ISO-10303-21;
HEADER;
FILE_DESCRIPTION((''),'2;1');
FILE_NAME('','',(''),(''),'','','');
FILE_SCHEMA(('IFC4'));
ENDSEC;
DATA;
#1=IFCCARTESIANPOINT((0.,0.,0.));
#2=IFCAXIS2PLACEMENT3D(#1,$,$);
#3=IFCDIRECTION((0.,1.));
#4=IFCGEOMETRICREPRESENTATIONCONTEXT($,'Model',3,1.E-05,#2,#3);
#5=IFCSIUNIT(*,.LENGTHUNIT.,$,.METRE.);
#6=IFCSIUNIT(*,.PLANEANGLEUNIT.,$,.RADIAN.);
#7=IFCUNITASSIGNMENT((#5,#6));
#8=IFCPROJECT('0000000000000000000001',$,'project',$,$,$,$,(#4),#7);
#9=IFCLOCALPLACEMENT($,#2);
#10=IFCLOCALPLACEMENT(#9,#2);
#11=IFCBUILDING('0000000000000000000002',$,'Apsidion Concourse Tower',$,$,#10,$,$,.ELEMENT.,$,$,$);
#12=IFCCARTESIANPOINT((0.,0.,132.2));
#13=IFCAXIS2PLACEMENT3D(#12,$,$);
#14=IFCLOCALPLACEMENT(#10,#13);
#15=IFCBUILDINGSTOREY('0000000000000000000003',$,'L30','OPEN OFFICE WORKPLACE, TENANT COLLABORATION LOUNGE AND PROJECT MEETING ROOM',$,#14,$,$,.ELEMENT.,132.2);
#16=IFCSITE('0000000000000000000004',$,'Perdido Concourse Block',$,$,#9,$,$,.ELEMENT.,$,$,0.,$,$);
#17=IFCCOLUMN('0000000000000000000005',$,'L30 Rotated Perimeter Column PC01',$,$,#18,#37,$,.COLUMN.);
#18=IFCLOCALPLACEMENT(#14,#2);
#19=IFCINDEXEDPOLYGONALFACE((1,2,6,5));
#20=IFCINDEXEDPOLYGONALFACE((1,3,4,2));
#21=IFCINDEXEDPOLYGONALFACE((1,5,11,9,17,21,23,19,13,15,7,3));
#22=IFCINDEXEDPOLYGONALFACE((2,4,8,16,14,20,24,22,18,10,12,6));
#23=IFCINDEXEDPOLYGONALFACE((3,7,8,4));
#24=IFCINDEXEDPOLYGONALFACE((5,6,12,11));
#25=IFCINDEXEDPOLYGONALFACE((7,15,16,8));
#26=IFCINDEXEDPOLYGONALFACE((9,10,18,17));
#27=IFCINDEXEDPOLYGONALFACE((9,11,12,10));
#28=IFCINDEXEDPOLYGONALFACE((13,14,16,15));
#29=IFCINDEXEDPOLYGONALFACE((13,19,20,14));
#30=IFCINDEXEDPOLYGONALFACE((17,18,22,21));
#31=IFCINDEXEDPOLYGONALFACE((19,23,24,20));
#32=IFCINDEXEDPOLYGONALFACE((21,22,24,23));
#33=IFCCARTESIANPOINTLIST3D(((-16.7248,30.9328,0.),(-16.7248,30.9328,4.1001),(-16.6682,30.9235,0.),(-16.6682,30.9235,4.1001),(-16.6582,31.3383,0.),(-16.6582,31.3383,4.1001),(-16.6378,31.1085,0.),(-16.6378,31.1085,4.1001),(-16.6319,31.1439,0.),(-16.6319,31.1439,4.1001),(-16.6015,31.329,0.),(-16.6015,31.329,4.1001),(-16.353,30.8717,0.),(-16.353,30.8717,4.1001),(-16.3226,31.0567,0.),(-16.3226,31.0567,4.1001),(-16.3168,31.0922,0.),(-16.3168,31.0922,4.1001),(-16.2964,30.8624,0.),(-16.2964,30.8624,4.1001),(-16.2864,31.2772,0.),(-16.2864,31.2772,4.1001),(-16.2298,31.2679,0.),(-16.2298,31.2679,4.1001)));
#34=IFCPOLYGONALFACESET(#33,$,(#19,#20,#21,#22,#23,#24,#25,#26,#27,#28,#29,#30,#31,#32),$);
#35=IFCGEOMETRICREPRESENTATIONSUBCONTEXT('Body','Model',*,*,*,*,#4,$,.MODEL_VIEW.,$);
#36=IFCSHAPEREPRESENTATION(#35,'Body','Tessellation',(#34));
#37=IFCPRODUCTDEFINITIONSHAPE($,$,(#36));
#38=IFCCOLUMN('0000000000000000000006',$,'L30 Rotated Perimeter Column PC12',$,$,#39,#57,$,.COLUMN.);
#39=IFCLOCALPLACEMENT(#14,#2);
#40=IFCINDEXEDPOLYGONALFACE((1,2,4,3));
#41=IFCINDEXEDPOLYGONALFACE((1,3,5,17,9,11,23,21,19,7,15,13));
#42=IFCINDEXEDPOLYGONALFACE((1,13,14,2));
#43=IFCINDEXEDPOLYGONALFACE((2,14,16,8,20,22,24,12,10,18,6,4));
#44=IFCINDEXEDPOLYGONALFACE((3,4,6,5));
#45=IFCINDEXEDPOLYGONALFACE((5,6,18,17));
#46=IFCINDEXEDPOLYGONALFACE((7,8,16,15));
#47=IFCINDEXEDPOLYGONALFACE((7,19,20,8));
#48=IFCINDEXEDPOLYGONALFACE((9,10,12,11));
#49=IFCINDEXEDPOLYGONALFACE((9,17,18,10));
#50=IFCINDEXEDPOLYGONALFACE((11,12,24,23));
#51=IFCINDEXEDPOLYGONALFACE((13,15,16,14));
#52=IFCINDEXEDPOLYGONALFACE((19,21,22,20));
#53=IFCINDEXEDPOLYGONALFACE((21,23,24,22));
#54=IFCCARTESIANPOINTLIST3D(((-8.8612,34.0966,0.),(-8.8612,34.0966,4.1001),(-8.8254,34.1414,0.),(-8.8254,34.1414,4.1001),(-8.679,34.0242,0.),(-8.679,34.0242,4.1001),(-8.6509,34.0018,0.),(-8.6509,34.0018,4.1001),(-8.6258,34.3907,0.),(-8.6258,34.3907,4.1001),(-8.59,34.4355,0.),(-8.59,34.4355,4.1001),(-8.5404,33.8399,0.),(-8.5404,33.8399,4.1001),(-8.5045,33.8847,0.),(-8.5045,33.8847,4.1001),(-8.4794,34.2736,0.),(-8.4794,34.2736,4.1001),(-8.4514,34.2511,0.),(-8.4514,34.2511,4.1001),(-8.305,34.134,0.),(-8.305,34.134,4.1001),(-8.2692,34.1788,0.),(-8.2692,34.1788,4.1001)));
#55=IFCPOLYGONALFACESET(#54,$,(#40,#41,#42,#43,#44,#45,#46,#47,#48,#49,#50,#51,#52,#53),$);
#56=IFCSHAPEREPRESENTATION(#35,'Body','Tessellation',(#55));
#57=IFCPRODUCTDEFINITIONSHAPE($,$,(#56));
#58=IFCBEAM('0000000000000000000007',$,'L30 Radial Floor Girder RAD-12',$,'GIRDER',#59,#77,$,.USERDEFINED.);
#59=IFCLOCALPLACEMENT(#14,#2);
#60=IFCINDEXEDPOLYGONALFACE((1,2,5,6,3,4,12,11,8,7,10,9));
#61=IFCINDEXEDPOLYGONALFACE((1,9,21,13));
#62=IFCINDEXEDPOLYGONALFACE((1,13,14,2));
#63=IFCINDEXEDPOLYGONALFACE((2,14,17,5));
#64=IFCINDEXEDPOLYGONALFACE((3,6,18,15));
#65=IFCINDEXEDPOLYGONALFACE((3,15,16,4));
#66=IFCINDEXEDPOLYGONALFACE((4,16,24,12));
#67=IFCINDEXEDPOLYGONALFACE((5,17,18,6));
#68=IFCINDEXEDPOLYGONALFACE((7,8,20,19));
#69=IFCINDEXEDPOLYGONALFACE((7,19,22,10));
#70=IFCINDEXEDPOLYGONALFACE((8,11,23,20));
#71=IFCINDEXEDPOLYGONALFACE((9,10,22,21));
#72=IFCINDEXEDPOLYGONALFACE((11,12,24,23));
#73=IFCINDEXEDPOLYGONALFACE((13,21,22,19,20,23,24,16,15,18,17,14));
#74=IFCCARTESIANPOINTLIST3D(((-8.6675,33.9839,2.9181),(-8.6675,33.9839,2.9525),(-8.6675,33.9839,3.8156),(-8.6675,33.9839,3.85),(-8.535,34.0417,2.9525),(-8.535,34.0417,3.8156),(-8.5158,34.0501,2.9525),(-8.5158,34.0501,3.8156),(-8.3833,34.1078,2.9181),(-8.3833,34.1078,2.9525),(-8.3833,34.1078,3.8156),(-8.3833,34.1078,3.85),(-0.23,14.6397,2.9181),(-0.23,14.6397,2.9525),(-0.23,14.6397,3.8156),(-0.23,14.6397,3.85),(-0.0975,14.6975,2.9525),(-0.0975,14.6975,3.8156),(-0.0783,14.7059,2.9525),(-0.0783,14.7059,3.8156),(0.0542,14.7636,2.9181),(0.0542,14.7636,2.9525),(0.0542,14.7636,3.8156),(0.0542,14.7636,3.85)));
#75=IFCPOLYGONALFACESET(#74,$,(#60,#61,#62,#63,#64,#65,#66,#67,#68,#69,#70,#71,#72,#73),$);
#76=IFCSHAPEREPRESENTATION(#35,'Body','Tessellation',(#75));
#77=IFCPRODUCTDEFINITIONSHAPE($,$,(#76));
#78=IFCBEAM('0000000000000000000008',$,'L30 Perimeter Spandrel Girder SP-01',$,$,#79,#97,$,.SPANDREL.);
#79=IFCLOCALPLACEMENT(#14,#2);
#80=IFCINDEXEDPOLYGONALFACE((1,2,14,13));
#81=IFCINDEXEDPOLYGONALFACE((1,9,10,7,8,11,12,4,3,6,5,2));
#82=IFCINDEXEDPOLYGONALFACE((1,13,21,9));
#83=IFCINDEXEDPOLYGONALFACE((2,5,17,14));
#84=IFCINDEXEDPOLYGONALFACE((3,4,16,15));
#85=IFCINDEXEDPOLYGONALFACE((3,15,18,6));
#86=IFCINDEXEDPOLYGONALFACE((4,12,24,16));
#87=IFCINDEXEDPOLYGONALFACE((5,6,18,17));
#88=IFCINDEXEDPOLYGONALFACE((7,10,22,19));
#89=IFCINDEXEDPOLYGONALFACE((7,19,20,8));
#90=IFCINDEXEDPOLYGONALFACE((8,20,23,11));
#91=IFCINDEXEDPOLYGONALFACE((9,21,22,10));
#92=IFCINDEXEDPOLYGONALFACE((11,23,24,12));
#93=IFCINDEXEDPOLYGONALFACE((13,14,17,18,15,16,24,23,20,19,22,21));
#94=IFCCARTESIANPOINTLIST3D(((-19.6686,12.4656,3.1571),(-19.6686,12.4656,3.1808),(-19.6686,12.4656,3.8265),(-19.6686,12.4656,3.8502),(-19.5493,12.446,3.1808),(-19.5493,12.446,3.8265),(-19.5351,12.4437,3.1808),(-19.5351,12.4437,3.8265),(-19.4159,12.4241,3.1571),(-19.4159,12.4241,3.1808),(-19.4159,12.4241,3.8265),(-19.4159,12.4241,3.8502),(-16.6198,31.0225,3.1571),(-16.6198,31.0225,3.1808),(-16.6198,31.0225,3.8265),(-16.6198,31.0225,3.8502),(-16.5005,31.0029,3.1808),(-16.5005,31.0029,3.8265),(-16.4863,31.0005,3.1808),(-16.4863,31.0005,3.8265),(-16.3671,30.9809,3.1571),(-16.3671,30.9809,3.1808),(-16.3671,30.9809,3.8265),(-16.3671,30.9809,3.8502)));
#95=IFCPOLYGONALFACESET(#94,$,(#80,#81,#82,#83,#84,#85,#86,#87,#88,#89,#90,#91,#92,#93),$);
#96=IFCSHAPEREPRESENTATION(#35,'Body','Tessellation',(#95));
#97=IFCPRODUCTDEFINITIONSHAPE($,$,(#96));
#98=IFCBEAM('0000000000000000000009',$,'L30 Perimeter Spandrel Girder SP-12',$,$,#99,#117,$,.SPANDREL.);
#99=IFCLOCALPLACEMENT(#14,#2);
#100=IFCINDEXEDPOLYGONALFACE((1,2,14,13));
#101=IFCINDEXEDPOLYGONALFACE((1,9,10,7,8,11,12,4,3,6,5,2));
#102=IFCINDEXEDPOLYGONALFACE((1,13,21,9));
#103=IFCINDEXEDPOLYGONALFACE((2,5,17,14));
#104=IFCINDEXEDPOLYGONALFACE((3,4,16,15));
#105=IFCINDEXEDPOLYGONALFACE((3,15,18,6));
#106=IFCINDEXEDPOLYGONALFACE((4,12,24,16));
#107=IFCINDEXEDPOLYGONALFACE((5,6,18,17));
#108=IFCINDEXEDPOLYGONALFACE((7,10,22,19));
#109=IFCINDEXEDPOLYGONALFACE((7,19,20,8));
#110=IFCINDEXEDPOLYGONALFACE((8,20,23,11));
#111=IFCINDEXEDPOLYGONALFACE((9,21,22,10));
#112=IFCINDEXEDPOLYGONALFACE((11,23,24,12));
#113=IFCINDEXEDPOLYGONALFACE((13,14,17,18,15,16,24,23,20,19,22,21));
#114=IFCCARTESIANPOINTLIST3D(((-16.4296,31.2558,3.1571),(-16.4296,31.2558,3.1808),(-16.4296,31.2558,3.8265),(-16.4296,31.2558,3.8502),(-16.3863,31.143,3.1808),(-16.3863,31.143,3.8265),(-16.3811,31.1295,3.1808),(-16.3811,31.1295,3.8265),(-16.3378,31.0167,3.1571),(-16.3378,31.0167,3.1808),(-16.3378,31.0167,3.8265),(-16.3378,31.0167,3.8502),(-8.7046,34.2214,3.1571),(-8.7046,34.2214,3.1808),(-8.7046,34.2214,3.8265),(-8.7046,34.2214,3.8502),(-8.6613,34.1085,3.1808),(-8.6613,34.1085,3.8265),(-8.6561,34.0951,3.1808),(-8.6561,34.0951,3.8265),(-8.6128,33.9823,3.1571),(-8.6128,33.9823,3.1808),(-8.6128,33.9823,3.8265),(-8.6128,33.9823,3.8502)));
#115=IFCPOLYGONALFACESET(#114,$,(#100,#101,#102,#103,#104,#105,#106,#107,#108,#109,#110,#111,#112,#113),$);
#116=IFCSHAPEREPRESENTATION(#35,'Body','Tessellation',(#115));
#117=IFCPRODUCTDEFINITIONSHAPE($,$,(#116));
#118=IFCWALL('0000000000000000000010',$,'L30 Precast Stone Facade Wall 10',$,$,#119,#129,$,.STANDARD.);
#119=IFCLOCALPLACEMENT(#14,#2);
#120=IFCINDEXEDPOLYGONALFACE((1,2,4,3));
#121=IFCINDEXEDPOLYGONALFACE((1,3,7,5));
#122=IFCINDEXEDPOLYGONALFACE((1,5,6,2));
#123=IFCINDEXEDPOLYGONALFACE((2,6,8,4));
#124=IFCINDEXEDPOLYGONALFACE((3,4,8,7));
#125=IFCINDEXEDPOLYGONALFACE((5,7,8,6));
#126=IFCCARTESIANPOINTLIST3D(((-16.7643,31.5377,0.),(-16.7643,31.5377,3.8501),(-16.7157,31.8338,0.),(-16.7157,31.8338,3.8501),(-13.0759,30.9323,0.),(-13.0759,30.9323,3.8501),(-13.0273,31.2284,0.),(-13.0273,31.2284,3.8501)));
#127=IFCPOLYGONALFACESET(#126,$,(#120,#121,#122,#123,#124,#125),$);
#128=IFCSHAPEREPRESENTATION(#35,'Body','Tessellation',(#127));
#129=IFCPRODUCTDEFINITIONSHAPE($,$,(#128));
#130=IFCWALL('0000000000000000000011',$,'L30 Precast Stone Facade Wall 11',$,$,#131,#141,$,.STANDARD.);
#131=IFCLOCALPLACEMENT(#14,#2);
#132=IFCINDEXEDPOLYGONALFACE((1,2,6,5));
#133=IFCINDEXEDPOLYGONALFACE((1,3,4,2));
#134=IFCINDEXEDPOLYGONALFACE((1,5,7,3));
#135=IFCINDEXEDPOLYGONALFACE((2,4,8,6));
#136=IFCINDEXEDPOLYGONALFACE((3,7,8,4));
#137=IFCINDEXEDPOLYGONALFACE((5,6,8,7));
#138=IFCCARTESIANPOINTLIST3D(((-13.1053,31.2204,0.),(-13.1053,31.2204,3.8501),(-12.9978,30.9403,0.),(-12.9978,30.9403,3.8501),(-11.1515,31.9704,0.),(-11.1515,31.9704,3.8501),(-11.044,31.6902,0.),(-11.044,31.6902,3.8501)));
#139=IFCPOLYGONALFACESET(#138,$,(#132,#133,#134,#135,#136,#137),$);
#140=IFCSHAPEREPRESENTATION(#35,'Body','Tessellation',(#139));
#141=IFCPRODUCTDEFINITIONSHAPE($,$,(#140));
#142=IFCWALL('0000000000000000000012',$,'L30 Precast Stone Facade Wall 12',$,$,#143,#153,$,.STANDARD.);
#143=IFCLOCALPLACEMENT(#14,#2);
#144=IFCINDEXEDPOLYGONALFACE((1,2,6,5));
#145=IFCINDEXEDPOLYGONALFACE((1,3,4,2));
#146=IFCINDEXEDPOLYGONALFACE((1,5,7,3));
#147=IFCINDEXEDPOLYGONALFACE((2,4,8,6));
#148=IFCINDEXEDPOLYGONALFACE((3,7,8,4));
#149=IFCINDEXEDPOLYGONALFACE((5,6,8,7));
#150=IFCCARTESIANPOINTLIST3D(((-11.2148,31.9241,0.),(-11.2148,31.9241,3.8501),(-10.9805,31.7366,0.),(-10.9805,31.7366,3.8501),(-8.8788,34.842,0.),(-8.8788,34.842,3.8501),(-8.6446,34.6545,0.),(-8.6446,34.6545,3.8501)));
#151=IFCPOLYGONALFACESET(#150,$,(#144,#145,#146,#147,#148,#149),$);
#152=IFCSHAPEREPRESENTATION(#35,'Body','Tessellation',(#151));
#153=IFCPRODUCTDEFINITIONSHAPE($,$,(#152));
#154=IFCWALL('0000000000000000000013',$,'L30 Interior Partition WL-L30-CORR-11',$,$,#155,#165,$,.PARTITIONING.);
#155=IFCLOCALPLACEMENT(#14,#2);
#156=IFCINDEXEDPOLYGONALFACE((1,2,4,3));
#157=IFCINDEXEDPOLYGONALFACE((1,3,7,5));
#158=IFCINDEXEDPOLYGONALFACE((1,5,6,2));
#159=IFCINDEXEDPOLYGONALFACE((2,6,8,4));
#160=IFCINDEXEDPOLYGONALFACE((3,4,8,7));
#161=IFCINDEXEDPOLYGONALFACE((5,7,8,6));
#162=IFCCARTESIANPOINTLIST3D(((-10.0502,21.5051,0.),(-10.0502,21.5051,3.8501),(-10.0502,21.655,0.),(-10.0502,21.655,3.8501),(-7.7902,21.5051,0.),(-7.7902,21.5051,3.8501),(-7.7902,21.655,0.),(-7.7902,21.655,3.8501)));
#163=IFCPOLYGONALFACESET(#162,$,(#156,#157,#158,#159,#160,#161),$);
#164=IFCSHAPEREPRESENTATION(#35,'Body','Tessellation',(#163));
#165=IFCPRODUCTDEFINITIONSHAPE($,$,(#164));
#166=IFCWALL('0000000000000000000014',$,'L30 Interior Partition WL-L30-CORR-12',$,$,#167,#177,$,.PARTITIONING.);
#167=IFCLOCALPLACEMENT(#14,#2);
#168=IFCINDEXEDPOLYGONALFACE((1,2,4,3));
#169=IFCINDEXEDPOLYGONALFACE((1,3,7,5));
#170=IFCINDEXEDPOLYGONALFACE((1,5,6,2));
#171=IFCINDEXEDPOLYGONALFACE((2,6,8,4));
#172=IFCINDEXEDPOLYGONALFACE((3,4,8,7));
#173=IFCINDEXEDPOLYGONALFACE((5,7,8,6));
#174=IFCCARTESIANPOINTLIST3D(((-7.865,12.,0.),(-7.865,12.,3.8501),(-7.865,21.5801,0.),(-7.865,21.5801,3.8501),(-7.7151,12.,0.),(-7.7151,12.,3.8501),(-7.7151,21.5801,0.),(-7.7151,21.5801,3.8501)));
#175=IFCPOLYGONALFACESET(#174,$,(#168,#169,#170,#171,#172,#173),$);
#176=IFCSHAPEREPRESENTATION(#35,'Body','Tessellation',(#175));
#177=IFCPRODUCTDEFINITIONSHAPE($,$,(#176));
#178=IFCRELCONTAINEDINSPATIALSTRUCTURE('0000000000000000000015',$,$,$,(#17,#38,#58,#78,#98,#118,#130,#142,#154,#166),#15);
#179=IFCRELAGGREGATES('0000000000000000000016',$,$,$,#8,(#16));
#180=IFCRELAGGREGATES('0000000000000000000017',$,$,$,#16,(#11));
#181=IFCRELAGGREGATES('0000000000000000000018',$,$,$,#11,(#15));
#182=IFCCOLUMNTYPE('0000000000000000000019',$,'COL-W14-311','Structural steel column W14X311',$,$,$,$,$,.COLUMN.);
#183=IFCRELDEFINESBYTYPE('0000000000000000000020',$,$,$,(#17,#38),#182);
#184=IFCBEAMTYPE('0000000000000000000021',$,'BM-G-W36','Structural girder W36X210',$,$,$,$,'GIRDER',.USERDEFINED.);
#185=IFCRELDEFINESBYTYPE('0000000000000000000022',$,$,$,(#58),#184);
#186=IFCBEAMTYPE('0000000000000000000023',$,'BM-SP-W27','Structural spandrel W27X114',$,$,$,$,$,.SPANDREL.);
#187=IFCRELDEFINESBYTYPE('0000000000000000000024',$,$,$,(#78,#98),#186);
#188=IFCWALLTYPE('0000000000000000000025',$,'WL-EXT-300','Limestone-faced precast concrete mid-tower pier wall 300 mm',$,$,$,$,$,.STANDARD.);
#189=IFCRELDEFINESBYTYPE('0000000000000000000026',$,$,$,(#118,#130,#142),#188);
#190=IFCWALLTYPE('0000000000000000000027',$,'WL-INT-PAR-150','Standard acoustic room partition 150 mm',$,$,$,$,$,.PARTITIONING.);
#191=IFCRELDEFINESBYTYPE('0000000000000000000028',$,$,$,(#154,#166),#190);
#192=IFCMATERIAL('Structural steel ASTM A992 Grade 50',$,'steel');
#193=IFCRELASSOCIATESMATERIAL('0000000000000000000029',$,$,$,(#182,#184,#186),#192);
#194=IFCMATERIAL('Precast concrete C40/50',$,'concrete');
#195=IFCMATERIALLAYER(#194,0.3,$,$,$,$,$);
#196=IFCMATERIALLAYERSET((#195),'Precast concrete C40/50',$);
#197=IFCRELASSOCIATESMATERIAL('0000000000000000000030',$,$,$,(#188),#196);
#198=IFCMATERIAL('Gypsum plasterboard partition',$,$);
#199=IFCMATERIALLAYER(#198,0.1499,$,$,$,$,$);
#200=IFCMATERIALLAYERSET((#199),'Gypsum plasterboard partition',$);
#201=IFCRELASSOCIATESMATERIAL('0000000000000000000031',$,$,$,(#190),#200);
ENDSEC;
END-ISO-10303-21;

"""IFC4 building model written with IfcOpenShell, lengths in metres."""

from ifc_helpers import new_model, si_unit, direction, frame, frame_2d, origin, origin_2d, place, context, subcontext, project, spatial, rectangle, i_section, extrude, material, layer, layer_set, material_profile, profile_set, type_object, element, save


model = new_model("IFC4")

# Units and contexts
model_context = context("Model", 3, precision=1e-05, world=origin(), true_north=direction((0.0, 1.0)))
body_context = subcontext(model_context, "Body", "Model", "MODEL_VIEW")
ifc_project = project(units=[si_unit("LENGTHUNIT", "METRE"), si_unit("PLANEANGLEUNIT", "RADIAN")], contexts=[model_context])

# Site, building, storey
site_placement = place(None, origin())
site = spatial("IfcSite", under=ifc_project, at=site_placement, Name="Perdido Concourse Block", CompositionType="ELEMENT", RefElevation=0.0)
building_placement = place(site_placement, origin())
building = spatial("IfcBuilding", under=site, at=building_placement, Name="Apsidion Concourse Tower", CompositionType="ELEMENT")
storey_placement = place(building_placement, frame((0.0, 0.0, 132.2)))
storey = spatial("IfcBuildingStorey", under=building, at=storey_placement, Name="L30", Description="OPEN OFFICE WORKPLACE, TENANT COLLABORATION LOUNGE AND PROJECT MEETING ROOM", CompositionType="ELEMENT", Elevation=132.2)

# Columns
ifc_material_1 = material(Name="Structural steel ASTM A992 Grade 50", Category="steel")
ifc_material_profile_1 = material_profile(ifc_material_1, i_section(OverallWidth=0.4109, OverallDepth=0.4341, WebThickness=0.0359, FlangeThickness=0.0574, at=origin_2d()), Name="W14X311")
ifc_profile_set_1 = profile_set([ifc_material_profile_1], Name="Structural steel ASTM A992 Grade 50")
column_type = type_object("IfcColumnType", Name="COL-W14-311", Description="Structural steel column W14X311", PredefinedType="COLUMN", material=ifc_profile_set_1)
for number, where, z_axis, x_axis, name in (
    (1, (-16.4773, 31.1003, 0.0), (0.0, 0.0, 1.0), (0.162121, 0.986771, 0.0), "L30 Rotated Perimeter Column PC01"),
    (2, (-8.5652, 34.1377, 0.0), (0.0, 0.0, 1.0), (-0.780758, 0.624834, 0.0), "L30 Rotated Perimeter Column PC12"),
):
    element("IfcColumn", number, at=place(storey_placement, frame(where, z_axis=z_axis, x_axis=x_axis)), inside=storey, type_object=column_type, Name=name, PredefinedType="COLUMN", context=body_context, shape_type="SweptSolid", body=[
        extrude(i_section(OverallWidth=0.4109, OverallDepth=0.4341, WebThickness=0.0359, FlangeThickness=0.0574, at=origin_2d()), origin(), (0.0, 0.0, 1.0), 4.1001),
    ])

# Beams
ifc_material_profile_2 = material_profile(ifc_material_1, i_section(OverallWidth=0.3101, OverallDepth=0.9319, WebThickness=0.021, FlangeThickness=0.0344, at=origin_2d()), Name="W36X210")
ifc_profile_set_2 = profile_set([ifc_material_profile_2], Name="Structural steel ASTM A992 Grade 50")
beam_type_1 = type_object("IfcBeamType", Name="BM-G-W36", Description="Structural girder W36X210", ElementType="GIRDER", PredefinedType="USERDEFINED", material=ifc_profile_set_2)
beam_1_placement = place(storey_placement, frame((-0.0879, 14.7017, 3.384), z_axis=(-0.3998, 0.916602, 0.0), x_axis=(-0.916602, -0.3998, 0.0)))
element("IfcBeam", 3, at=beam_1_placement, inside=storey, type_object=beam_type_1, Name="L30 Radial Floor Girder RAD-12", ObjectType="GIRDER", PredefinedType="USERDEFINED", context=body_context, shape_type="SweptSolid", body=[
    extrude(i_section(OverallWidth=0.3101, OverallDepth=0.9319, WebThickness=0.021, FlangeThickness=0.0344, at=origin_2d()), origin(), (0.0, 0.0, 1.0), 21.1042),
])
ifc_material_profile_3 = material_profile(ifc_material_1, i_section(OverallWidth=0.2561, OverallDepth=0.6931, WebThickness=0.0144, FlangeThickness=0.0237, at=origin_2d()), Name="W27X114")
ifc_profile_set_3 = profile_set([ifc_material_profile_3], Name="Structural steel ASTM A992 Grade 50")
beam_type_2 = type_object("IfcBeamType", Name="BM-SP-W27", Description="Structural spandrel W27X114", PredefinedType="SPANDREL", material=ifc_profile_set_3)
beam_2_placement = place(storey_placement, frame((-16.4934, 31.0017, 3.5037), z_axis=(-0.162123, -0.986771, 0.0), x_axis=(0.986771, -0.162123, 0.0)))
element("IfcBeam", 4, at=beam_2_placement, inside=storey, type_object=beam_type_2, Name="L30 Perimeter Spandrel Girder SP-01", PredefinedType="SPANDREL", context=body_context, shape_type="SweptSolid", body=[
    extrude(i_section(OverallWidth=0.2561, OverallDepth=0.6931, WebThickness=0.0144, FlangeThickness=0.0237, at=origin_2d()), origin(), (0.0, 0.0, 1.0), 18.8057),
])
beam_3_placement = place(storey_placement, frame((-8.6587, 34.1018, 3.5037), z_axis=(-0.933573, -0.358388, 0.0), x_axis=(0.358388, -0.933573, 0.0)))
element("IfcBeam", 5, at=beam_3_placement, inside=storey, type_object=beam_type_2, Name="L30 Perimeter Spandrel Girder SP-12", PredefinedType="SPANDREL", context=body_context, shape_type="SweptSolid", body=[
    extrude(i_section(OverallWidth=0.2561, OverallDepth=0.6931, WebThickness=0.0144, FlangeThickness=0.0237, at=origin_2d()), origin(), (0.0, 0.0, 1.0), 8.2747),
])

# Shared definitions
ifc_material_2 = material(Name="Precast concrete C40/50", Category="concrete")
ifc_layer_1 = layer(ifc_material_2, 0.3)
ifc_layer_set_1 = layer_set([ifc_layer_1], Name="Precast concrete C40/50")
wall_type_1 = type_object("IfcWallType", Name="WL-EXT-300", Description="Limestone-faced precast concrete mid-tower pier wall 300 mm", PredefinedType="STANDARD", material=ifc_layer_set_1)

# Walls
wall_1_placement = place(storey_placement, frame((-16.74, 31.6858, 0.0), z_axis=(0.0, 0.0, 1.0), x_axis=(0.986793, -0.161984, 0.0)))
element("IfcWall", 6, at=wall_1_placement, inside=storey, type_object=wall_type_1, Name="L30 Precast Stone Facade Wall 10", PredefinedType="STANDARD", context=body_context, shape_type="SweptSolid", body=[
    extrude(rectangle(XDim=3.7378, YDim=0.3, at=frame_2d((1.8689, 0.0))), origin(), (0.0, 0.0, 1.0), 3.8501),
])
wall_2_placement = place(storey_placement, frame((-13.0515, 31.0803, 0.0), z_axis=(0.0, 0.0, 1.0), x_axis=(0.933583, 0.358361, 0.0)))
element("IfcWall", 7, at=wall_2_placement, inside=storey, type_object=wall_type_1, Name="L30 Precast Stone Facade Wall 11", PredefinedType="STANDARD", context=body_context, shape_type="SweptSolid", body=[
    extrude(rectangle(XDim=2.0928, YDim=0.3, at=frame_2d((1.0464, 0.0))), origin(), (0.0, 0.0, 1.0), 3.8501),
])
wall_3_placement = place(storey_placement, frame((-11.0977, 31.8303, 0.0), z_axis=(0.0, 0.0, 1.0), x_axis=(0.62495, 0.780665, 0.0)))
element("IfcWall", 8, at=wall_3_placement, inside=storey, type_object=wall_type_1, Name="L30 Precast Stone Facade Wall 12", PredefinedType="STANDARD", context=body_context, shape_type="SweptSolid", body=[
    extrude(rectangle(XDim=3.7378, YDim=0.3, at=frame_2d((1.8689, 0.0))), origin(), (0.0, 0.0, 1.0), 3.8501),
])
ifc_material_3 = material(Name="Gypsum plasterboard partition")
ifc_layer_2 = layer(ifc_material_3, 0.1499)
ifc_layer_set_2 = layer_set([ifc_layer_2], Name="Gypsum plasterboard partition")
wall_type_2 = type_object("IfcWallType", Name="WL-INT-PAR-150", Description="Standard acoustic room partition 150 mm", PredefinedType="PARTITIONING", material=ifc_layer_set_2)
wall_4_placement = place(storey_placement, frame((-10.05, 21.5801, 0.0), z_axis=(0.0, 0.0, 1.0), x_axis=(1.0, 0.0, 0.0)))
element("IfcWall", 9, at=wall_4_placement, inside=storey, type_object=wall_type_2, Name="L30 Interior Partition WL-L30-CORR-11", PredefinedType="PARTITIONING", context=body_context, shape_type="SweptSolid", body=[
    extrude(rectangle(XDim=2.26, YDim=0.1499, at=frame_2d((1.1299, 0.0))), origin(), (0.0, 0.0, 1.0), 3.8501),
])
wall_5_placement = place(storey_placement, frame((-7.79, 21.5801, 0.0), z_axis=(0.0, 0.0, 1.0), x_axis=(0.0, -1.0, 0.0)))
element("IfcWall", 10, at=wall_5_placement, inside=storey, type_object=wall_type_2, Name="L30 Interior Partition WL-L30-CORR-12", PredefinedType="PARTITIONING", context=body_context, shape_type="SweptSolid", body=[
    extrude(rectangle(XDim=9.5801, YDim=0.1499, at=frame_2d((4.79, 0.0))), origin(), (0.0, 0.0, 1.0), 3.8501),
])

save(model, "model.ifc")
